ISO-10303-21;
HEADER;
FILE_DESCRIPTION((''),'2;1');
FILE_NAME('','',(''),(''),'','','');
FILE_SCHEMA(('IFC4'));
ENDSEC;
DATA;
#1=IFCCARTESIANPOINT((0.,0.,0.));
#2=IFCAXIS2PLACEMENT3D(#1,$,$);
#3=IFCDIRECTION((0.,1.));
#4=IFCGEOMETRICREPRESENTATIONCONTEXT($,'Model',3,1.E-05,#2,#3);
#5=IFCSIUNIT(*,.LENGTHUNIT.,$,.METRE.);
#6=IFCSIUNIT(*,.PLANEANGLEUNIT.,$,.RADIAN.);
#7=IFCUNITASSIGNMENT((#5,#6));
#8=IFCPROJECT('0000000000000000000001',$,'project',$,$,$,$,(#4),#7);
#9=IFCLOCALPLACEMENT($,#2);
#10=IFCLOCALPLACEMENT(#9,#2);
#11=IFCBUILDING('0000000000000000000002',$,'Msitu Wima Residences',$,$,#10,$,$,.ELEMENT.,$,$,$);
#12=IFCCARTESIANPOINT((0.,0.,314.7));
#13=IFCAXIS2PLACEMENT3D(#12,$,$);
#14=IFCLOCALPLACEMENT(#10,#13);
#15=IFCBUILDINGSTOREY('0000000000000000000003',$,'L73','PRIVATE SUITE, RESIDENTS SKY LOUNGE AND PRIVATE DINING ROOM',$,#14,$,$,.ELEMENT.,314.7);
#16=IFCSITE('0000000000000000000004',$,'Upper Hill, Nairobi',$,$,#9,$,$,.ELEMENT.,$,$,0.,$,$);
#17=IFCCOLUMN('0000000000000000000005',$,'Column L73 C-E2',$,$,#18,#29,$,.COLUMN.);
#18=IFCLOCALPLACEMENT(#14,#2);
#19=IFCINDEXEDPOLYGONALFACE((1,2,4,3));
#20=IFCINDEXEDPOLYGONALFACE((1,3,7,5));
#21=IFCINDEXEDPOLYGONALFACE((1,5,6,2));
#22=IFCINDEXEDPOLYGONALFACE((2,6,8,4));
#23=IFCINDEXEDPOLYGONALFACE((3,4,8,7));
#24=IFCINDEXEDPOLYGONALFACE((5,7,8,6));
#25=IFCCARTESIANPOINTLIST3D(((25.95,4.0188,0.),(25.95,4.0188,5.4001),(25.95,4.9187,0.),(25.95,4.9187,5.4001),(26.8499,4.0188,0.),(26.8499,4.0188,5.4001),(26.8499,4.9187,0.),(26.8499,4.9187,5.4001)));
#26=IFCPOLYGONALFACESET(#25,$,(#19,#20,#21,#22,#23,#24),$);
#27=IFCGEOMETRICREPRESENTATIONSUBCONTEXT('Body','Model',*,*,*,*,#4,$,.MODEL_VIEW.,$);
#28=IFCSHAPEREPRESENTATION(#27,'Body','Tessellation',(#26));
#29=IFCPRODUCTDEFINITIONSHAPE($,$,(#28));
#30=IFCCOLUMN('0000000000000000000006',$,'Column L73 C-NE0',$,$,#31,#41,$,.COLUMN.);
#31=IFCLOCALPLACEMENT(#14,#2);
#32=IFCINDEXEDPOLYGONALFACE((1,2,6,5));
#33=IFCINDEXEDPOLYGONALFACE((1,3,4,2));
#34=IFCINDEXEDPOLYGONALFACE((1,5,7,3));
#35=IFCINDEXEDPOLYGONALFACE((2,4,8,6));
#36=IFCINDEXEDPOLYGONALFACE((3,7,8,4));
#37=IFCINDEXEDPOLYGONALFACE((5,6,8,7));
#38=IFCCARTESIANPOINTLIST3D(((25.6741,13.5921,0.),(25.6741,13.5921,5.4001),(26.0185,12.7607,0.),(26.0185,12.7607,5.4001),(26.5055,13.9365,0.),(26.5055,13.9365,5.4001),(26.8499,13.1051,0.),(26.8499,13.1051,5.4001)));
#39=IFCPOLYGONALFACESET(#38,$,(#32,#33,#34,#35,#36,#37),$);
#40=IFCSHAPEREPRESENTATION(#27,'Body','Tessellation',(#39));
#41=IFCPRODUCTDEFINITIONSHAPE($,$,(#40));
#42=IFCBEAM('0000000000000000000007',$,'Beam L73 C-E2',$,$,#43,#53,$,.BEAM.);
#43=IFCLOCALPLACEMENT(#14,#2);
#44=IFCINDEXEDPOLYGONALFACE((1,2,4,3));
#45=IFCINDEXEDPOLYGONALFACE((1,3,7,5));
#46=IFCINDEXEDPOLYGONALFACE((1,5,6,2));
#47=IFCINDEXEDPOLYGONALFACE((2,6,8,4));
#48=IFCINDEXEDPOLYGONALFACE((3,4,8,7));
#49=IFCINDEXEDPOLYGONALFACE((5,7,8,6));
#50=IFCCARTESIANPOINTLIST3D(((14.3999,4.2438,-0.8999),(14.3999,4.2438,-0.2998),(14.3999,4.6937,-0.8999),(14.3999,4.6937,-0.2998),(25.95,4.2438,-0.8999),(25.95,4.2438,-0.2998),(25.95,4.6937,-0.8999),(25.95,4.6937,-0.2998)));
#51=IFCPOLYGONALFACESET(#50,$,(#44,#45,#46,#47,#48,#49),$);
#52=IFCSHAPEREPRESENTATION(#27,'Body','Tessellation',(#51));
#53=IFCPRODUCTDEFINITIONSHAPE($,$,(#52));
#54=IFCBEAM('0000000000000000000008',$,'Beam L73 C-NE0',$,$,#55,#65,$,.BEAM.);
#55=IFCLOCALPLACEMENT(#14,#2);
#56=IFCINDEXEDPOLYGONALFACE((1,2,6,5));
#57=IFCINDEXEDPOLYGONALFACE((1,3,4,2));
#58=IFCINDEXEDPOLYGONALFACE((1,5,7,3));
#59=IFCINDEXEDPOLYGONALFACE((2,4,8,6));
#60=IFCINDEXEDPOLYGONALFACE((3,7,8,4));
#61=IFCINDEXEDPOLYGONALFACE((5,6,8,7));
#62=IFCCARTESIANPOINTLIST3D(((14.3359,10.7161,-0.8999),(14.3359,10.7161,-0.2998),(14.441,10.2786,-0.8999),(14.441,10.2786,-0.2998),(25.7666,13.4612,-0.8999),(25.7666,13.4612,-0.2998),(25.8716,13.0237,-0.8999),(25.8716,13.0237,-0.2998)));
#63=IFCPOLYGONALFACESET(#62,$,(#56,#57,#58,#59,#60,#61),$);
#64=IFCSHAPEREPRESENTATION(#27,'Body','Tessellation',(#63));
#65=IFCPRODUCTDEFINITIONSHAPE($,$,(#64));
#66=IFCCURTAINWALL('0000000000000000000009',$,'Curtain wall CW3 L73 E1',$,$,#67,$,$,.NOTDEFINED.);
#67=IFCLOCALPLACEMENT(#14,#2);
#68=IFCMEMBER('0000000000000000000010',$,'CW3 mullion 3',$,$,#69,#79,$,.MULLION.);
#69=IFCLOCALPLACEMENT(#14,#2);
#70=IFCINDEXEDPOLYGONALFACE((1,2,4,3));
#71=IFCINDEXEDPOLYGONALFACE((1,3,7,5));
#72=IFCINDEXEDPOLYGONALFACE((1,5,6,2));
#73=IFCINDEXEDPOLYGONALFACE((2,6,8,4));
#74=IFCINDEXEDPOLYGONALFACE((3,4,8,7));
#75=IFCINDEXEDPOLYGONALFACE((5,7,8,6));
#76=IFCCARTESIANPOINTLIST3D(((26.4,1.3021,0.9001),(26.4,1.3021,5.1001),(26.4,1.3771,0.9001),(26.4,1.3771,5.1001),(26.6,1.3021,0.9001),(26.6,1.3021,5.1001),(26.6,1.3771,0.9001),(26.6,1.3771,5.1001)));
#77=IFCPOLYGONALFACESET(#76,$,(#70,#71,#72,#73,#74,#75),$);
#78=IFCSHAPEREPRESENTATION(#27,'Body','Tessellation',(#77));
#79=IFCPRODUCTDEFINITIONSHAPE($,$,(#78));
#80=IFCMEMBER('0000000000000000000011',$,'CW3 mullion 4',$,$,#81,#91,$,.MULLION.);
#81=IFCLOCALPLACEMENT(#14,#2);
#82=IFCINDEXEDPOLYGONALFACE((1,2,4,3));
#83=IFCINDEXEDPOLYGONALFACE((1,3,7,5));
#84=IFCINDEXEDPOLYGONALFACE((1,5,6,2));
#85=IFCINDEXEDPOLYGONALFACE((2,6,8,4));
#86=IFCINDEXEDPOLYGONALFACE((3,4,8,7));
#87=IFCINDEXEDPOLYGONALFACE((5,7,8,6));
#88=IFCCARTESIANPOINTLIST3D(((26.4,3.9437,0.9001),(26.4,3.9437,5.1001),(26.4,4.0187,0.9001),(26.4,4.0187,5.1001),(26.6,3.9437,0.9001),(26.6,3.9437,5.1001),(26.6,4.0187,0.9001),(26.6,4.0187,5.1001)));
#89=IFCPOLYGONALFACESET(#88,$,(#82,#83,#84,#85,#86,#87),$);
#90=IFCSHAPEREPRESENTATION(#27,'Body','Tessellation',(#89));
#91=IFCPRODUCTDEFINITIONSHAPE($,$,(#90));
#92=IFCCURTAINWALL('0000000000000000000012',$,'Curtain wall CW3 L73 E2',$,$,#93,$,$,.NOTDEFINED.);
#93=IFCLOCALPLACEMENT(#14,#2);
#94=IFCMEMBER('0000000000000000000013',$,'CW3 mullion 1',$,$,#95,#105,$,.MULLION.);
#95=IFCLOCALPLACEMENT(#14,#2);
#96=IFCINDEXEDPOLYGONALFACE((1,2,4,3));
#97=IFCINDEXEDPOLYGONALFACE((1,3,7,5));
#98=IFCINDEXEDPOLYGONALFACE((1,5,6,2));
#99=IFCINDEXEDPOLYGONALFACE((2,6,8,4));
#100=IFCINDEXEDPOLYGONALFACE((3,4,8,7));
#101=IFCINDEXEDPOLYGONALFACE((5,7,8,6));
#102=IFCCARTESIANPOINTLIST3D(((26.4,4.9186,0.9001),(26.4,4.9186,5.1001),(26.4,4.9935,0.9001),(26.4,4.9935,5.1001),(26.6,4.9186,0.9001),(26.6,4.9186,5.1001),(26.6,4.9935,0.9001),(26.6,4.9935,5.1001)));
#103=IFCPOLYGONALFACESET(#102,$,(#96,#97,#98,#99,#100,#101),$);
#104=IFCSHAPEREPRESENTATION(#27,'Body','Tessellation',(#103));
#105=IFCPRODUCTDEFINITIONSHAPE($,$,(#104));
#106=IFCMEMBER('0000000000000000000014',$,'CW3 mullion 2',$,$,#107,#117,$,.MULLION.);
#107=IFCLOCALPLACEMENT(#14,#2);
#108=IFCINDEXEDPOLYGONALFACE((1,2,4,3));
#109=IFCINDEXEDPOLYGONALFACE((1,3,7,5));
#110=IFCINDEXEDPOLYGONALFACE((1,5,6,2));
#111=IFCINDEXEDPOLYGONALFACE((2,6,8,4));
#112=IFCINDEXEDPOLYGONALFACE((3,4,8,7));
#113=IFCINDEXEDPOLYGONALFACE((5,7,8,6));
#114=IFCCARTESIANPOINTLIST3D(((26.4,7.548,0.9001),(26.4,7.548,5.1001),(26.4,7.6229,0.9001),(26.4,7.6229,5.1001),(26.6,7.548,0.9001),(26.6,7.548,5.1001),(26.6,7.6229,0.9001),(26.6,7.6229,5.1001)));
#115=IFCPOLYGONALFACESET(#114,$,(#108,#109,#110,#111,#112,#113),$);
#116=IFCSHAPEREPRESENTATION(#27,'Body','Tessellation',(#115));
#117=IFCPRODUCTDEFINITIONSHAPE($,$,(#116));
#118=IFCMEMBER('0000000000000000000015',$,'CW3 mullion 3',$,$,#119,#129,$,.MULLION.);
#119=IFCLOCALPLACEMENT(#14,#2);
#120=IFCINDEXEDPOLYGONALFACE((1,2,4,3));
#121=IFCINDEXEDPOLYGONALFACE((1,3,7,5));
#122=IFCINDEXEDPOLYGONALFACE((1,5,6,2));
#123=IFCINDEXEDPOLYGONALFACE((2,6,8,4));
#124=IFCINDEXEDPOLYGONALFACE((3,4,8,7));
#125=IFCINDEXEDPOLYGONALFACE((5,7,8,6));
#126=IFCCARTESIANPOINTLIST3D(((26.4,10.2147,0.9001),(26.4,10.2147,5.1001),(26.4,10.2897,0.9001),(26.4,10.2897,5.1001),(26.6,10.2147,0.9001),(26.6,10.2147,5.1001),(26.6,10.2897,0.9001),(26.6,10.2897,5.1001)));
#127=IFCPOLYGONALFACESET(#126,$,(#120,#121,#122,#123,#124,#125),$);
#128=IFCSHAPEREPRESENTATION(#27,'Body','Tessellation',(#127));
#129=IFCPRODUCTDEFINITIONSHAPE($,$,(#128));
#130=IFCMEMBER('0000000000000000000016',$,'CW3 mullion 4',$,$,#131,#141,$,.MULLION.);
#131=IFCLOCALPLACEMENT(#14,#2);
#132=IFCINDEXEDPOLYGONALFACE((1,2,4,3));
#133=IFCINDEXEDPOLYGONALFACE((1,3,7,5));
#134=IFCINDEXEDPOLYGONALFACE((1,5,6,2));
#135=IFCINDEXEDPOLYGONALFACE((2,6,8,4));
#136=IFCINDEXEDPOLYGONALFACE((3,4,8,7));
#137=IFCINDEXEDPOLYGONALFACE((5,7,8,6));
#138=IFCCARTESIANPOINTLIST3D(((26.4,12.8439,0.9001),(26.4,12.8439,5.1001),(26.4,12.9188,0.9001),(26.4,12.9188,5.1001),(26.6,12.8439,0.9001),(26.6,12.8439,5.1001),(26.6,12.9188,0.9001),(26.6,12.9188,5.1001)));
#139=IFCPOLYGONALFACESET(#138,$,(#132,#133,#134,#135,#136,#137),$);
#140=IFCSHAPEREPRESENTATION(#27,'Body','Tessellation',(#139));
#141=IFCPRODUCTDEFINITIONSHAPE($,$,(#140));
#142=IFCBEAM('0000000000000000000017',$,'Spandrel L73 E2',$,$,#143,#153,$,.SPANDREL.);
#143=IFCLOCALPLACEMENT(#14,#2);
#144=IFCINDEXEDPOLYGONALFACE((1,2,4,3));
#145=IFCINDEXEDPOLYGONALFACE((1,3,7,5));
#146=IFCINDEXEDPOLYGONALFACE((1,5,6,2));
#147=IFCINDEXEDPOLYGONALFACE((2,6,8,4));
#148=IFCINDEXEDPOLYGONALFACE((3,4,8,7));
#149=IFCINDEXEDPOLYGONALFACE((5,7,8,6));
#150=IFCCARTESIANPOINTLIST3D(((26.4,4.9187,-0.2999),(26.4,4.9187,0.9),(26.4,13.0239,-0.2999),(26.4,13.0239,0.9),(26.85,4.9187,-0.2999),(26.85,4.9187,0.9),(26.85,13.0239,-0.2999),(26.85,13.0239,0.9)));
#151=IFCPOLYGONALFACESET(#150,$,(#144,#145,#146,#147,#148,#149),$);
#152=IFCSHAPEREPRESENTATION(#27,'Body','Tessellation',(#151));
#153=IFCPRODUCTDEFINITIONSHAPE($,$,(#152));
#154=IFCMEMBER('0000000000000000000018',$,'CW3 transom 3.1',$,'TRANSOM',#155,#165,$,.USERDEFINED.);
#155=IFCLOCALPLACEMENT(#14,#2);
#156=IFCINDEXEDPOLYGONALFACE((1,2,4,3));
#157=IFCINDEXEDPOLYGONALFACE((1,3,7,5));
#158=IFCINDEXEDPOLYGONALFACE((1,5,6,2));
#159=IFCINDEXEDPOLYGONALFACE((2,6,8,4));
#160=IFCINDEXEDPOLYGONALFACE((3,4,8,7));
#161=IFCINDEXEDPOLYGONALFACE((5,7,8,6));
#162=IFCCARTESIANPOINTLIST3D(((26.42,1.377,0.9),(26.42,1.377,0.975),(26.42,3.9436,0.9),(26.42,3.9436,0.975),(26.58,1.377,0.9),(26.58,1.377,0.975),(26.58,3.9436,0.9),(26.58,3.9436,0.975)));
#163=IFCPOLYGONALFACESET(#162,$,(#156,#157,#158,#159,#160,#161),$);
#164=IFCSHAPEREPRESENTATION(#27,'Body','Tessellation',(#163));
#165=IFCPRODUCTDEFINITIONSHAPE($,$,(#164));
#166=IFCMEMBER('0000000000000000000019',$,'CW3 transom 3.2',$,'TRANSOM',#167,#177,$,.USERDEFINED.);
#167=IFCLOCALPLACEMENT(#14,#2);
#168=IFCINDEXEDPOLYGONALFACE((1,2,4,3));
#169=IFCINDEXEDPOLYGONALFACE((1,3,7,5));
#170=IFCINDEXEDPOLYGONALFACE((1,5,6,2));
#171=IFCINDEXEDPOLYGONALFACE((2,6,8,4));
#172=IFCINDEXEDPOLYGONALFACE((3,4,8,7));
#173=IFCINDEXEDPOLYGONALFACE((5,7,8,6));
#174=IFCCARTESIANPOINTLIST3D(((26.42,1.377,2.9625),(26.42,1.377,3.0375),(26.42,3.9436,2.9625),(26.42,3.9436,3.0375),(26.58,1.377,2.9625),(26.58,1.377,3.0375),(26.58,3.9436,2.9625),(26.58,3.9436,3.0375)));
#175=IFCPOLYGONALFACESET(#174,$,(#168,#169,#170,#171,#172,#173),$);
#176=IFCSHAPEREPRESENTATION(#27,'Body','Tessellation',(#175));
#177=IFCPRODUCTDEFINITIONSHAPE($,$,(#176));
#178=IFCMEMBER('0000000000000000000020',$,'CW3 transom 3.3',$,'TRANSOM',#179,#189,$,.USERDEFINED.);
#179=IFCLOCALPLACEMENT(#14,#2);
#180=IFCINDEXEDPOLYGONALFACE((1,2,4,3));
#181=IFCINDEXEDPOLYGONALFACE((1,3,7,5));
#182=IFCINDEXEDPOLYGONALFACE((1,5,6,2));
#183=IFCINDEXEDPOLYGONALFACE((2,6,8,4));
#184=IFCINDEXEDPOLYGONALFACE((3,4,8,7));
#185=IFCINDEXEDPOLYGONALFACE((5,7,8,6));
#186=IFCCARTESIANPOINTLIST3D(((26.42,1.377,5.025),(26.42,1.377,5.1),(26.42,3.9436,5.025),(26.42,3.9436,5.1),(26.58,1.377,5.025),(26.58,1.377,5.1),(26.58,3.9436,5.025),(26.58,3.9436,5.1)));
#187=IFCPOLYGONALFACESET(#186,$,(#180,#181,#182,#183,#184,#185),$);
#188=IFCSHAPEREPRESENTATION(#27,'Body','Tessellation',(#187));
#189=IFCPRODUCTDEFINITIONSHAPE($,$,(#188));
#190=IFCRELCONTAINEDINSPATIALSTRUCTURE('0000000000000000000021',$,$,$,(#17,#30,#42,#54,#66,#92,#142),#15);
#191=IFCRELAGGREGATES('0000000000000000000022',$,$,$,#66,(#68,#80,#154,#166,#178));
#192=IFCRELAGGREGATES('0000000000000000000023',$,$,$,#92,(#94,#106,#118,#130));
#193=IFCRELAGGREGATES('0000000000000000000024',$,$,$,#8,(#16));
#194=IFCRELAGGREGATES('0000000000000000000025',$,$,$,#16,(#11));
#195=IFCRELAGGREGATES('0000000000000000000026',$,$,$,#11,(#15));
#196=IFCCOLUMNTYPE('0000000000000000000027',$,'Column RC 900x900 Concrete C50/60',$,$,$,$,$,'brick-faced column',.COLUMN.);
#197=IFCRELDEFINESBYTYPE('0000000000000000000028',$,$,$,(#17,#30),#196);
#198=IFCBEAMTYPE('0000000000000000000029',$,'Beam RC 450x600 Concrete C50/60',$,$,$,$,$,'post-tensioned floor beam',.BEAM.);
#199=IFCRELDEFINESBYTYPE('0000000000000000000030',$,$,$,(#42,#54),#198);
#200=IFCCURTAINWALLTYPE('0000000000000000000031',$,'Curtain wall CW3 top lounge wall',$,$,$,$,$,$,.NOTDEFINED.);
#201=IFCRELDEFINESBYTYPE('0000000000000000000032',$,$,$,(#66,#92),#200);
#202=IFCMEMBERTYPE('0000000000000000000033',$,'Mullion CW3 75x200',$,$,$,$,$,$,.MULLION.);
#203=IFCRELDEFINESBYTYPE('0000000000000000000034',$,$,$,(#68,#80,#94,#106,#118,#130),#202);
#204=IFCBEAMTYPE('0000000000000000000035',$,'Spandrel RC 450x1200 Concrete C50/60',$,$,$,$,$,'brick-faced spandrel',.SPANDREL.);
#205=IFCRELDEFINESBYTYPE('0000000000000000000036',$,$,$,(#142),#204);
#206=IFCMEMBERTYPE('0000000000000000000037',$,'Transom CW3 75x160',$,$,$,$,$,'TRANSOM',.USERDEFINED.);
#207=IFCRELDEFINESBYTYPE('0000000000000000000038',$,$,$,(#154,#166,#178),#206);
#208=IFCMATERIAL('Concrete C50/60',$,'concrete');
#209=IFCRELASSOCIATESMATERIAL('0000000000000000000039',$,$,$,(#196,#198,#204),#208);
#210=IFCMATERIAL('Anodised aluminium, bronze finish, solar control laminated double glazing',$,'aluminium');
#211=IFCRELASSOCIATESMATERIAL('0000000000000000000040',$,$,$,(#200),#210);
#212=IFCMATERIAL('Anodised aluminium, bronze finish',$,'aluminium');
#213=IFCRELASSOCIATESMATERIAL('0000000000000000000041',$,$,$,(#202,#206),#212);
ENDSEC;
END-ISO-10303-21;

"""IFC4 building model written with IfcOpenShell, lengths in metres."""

from ifc_helpers import new_model, si_unit, direction, frame, origin, origin_2d, place, context, subcontext, project, spatial, rectangle, extrude, material, material_profile, profile_set, type_object, element, aggregate, save


model = new_model("IFC4")

# Units and contexts
model_context = context("Model", 3, precision=1e-05, world=origin(), true_north=direction((0.0, 1.0)))
body_context = subcontext(model_context, "Body", "Model", "MODEL_VIEW")
ifc_project = project(units=[si_unit("LENGTHUNIT", "METRE"), si_unit("PLANEANGLEUNIT", "RADIAN")], contexts=[model_context])

# Site, building, storey
site_placement = place(None, origin())
site = spatial("IfcSite", under=ifc_project, at=site_placement, Name="Upper Hill, Nairobi", CompositionType="ELEMENT", RefElevation=0.0)
building_placement = place(site_placement, origin())
building = spatial("IfcBuilding", under=site, at=building_placement, Name="Msitu Wima Residences", CompositionType="ELEMENT")
storey_placement = place(building_placement, frame((0.0, 0.0, 314.7)))
storey = spatial("IfcBuildingStorey", under=building, at=storey_placement, Name="L73", Description="PRIVATE SUITE, RESIDENTS SKY LOUNGE AND PRIVATE DINING ROOM", CompositionType="ELEMENT", Elevation=314.7)

# Columns
ifc_material_1 = material(Name="Concrete C50/60", Category="concrete")
ifc_material_profile_1 = material_profile(ifc_material_1, rectangle(XDim=0.8999, YDim=0.8999, at=origin_2d()), Name="RC 900x900")
ifc_profile_set_1 = profile_set([ifc_material_profile_1], Name="Concrete C50/60")
column_type = type_object("IfcColumnType", Name="Column RC 900x900 Concrete C50/60", ElementType="brick-faced column", PredefinedType="COLUMN", material=ifc_profile_set_1)
for number, where, z_axis, x_axis, name in (
    (1, (26.3999, 4.4688, 0.0), (0.0, 0.0, 1.0), (0.0, 1.0, 0.0), "Column L73 C-E2"),
    (2, (26.262, 13.3486, 0.0), (0.0, 0.0, 1.0), (-0.382683, 0.92388, 0.0), "Column L73 C-NE0"),
):
    element("IfcColumn", number, at=place(storey_placement, frame(where, z_axis=z_axis, x_axis=x_axis)), inside=storey, type_object=column_type, Name=name, PredefinedType="COLUMN", context=body_context, shape_type="SweptSolid", body=[
        extrude(rectangle(XDim=0.8999, YDim=0.8999, at=origin_2d()), origin(), (0.0, 0.0, 1.0), 5.4001),
    ])

# Beams
ifc_material_profile_2 = material_profile(ifc_material_1, rectangle(XDim=0.45, YDim=0.6001, at=origin_2d()), Name="RC 450x600")
ifc_profile_set_2 = profile_set([ifc_material_profile_2], Name="Concrete C50/60")
beam_type_1 = type_object("IfcBeamType", Name="Beam RC 450x600 Concrete C50/60", ElementType="post-tensioned floor beam", PredefinedType="BEAM", material=ifc_profile_set_2)
beam_1_placement = place(storey_placement, frame((25.95, 4.4688, -0.5999), z_axis=(-1.0, 0.0, 0.0), x_axis=(0.0, -1.0, 0.0)))
element("IfcBeam", 3, at=beam_1_placement, inside=storey, type_object=beam_type_1, Name="Beam L73 C-E2", PredefinedType="BEAM", context=body_context, shape_type="SweptSolid", body=[
    extrude(rectangle(XDim=0.45, YDim=0.6001, at=origin_2d()), origin(), (0.0, 0.0, 1.0), 11.55),
])
beam_2_placement = place(storey_placement, frame((25.8191, 13.2424, -0.5999), z_axis=(-0.972353, -0.233514, 0.0), x_axis=(0.233514, -0.972353, 0.0)))
element("IfcBeam", 4, at=beam_2_placement, inside=storey, type_object=beam_type_1, Name="Beam L73 C-NE0", PredefinedType="BEAM", context=body_context, shape_type="SweptSolid", body=[
    extrude(rectangle(XDim=0.45, YDim=0.6001, at=origin_2d()), origin(), (0.0, 0.0, 1.0), 11.7556),
])

# Curtain walls, members
ifc_material_2 = material(Name="Anodised aluminium, bronze finish, solar control laminated double glazing", Category="aluminium")
curtain_wall_type = type_object("IfcCurtainWallType", Name="Curtain wall CW3 top lounge wall", PredefinedType="NOTDEFINED", material=ifc_material_2)
curtain_wall_1_placement = place(storey_placement, origin())
curtain_wall_1 = element("IfcCurtainWall", 5, at=curtain_wall_1_placement, inside=storey, type_object=curtain_wall_type, Name="Curtain wall CW3 L73 E1", PredefinedType="NOTDEFINED")
ifc_material_3 = material(Name="Anodised aluminium, bronze finish", Category="aluminium")
ifc_material_profile_3 = material_profile(ifc_material_3, rectangle(XDim=0.2, YDim=0.075, at=origin_2d()), Name="Mullion 75x200")
ifc_profile_set_3 = profile_set([ifc_material_profile_3], Name="Anodised aluminium, bronze finish")
member_type_1 = type_object("IfcMemberType", Name="Mullion CW3 75x200", PredefinedType="MULLION", material=ifc_profile_set_3)
member_1_placement = place(storey_placement, frame((26.5, 1.3396, 0.9001), z_axis=(0.0, 0.0, 1.0), x_axis=(-1.0, 0.0, 0.0)))
member_1 = element("IfcMember", 6, at=member_1_placement, type_object=member_type_1, Name="CW3 mullion 3", PredefinedType="MULLION", context=body_context, shape_type="SweptSolid", body=[
    extrude(rectangle(XDim=0.2, YDim=0.075, at=origin_2d()), origin(), (0.0, 0.0, 1.0), 4.2),
])
member_2_placement = place(storey_placement, frame((26.5, 3.9812, 0.9001), z_axis=(0.0, 0.0, 1.0), x_axis=(-1.0, 0.0, 0.0)))
member_2 = element("IfcMember", 7, at=member_2_placement, type_object=member_type_1, Name="CW3 mullion 4", PredefinedType="MULLION", context=body_context, shape_type="SweptSolid", body=[
    extrude(rectangle(XDim=0.2, YDim=0.075, at=origin_2d()), origin(), (0.0, 0.0, 1.0), 4.2),
])
curtain_wall_2_placement = place(storey_placement, origin())
curtain_wall_2 = element("IfcCurtainWall", 8, at=curtain_wall_2_placement, inside=storey, type_object=curtain_wall_type, Name="Curtain wall CW3 L73 E2", PredefinedType="NOTDEFINED")
member_3_placement = place(storey_placement, frame((26.5, 4.9561, 0.9001), z_axis=(0.0, 0.0, 1.0), x_axis=(-1.0, 0.0, 0.0)))
member_3 = element("IfcMember", 9, at=member_3_placement, type_object=member_type_1, Name="CW3 mullion 1", PredefinedType="MULLION", context=body_context, shape_type="SweptSolid", body=[
    extrude(rectangle(XDim=0.2, YDim=0.075, at=origin_2d()), origin(), (0.0, 0.0, 1.0), 4.2),
])
member_4_placement = place(storey_placement, frame((26.5, 7.5854, 0.9001), z_axis=(0.0, 0.0, 1.0), x_axis=(-1.0, 0.0, 0.0)))
member_4 = element("IfcMember", 10, at=member_4_placement, type_object=member_type_1, Name="CW3 mullion 2", PredefinedType="MULLION", context=body_context, shape_type="SweptSolid", body=[
    extrude(rectangle(XDim=0.2, YDim=0.075, at=origin_2d()), origin(), (0.0, 0.0, 1.0), 4.2),
])
member_5_placement = place(storey_placement, frame((26.5, 10.2522, 0.9001), z_axis=(0.0, 0.0, 1.0), x_axis=(-1.0, 0.0, 0.0)))
member_5 = element("IfcMember", 11, at=member_5_placement, type_object=member_type_1, Name="CW3 mullion 3", PredefinedType="MULLION", context=body_context, shape_type="SweptSolid", body=[
    extrude(rectangle(XDim=0.2, YDim=0.075, at=origin_2d()), origin(), (0.0, 0.0, 1.0), 4.2),
])
member_6_placement = place(storey_placement, frame((26.5, 12.8813, 0.9001), z_axis=(0.0, 0.0, 1.0), x_axis=(-1.0, 0.0, 0.0)))
member_6 = element("IfcMember", 12, at=member_6_placement, type_object=member_type_1, Name="CW3 mullion 4", PredefinedType="MULLION", context=body_context, shape_type="SweptSolid", body=[
    extrude(rectangle(XDim=0.2, YDim=0.075, at=origin_2d()), origin(), (0.0, 0.0, 1.0), 4.2),
])

# Beam
ifc_material_profile_4 = material_profile(ifc_material_1, rectangle(XDim=0.45, YDim=1.2, at=origin_2d()), Name="RC 450x1200")
ifc_profile_set_4 = profile_set([ifc_material_profile_4], Name="Concrete C50/60")
beam_type_2 = type_object("IfcBeamType", Name="Spandrel RC 450x1200 Concrete C50/60", ElementType="brick-faced spandrel", PredefinedType="SPANDREL", material=ifc_profile_set_4)
beam_3_placement = place(storey_placement, frame((26.625, 4.9187, 0.3), z_axis=(0.0, 1.0, 0.0), x_axis=(-1.0, 0.0, 0.0)))
element("IfcBeam", 13, at=beam_3_placement, inside=storey, type_object=beam_type_2, Name="Spandrel L73 E2", PredefinedType="SPANDREL", context=body_context, shape_type="SweptSolid", body=[
    extrude(rectangle(XDim=0.45, YDim=1.2, at=origin_2d()), origin(), (0.0, 0.0, 1.0), 8.1052),
])

# Members
ifc_material_profile_5 = material_profile(ifc_material_3, rectangle(XDim=0.1599, YDim=0.075, at=origin_2d()), Name="Transom 75x160")
ifc_profile_set_5 = profile_set([ifc_material_profile_5], Name="Anodised aluminium, bronze finish")
member_type_2 = type_object("IfcMemberType", Name="Transom CW3 75x160", ElementType="TRANSOM", PredefinedType="USERDEFINED", material=ifc_profile_set_5)
member_7_placement = place(storey_placement, frame((26.5, 1.377, 0.9375), z_axis=(0.0, 1.0, 0.0), x_axis=(-1.0, 0.0, 0.0)))
member_7 = element("IfcMember", 14, at=member_7_placement, type_object=member_type_2, Name="CW3 transom 3.1", ObjectType="TRANSOM", PredefinedType="USERDEFINED", context=body_context, shape_type="SweptSolid", body=[
    extrude(rectangle(XDim=0.1599, YDim=0.075, at=origin_2d()), origin(), (0.0, 0.0, 1.0), 2.5667),
])
member_8_placement = place(storey_placement, frame((26.5, 1.377, 3.0), z_axis=(0.0, 1.0, 0.0), x_axis=(-1.0, 0.0, 0.0)))
member_8 = element("IfcMember", 15, at=member_8_placement, type_object=member_type_2, Name="CW3 transom 3.2", ObjectType="TRANSOM", PredefinedType="USERDEFINED", context=body_context, shape_type="SweptSolid", body=[
    extrude(rectangle(XDim=0.1599, YDim=0.075, at=origin_2d()), origin(), (0.0, 0.0, 1.0), 2.5667),
])
member_9_placement = place(storey_placement, frame((26.5, 1.377, 5.0625), z_axis=(0.0, 1.0, 0.0), x_axis=(-1.0, 0.0, 0.0)))
member_9 = element("IfcMember", 16, at=member_9_placement, type_object=member_type_2, Name="CW3 transom 3.3", ObjectType="TRANSOM", PredefinedType="USERDEFINED", context=body_context, shape_type="SweptSolid", body=[
    extrude(rectangle(XDim=0.1599, YDim=0.075, at=origin_2d()), origin(), (0.0, 0.0, 1.0), 2.5667),
])

aggregate(curtain_wall_1, [member_1, member_2, member_7, member_8, member_9])
aggregate(curtain_wall_2, [member_3, member_4, member_5, member_6])

save(model, "model.ifc")
